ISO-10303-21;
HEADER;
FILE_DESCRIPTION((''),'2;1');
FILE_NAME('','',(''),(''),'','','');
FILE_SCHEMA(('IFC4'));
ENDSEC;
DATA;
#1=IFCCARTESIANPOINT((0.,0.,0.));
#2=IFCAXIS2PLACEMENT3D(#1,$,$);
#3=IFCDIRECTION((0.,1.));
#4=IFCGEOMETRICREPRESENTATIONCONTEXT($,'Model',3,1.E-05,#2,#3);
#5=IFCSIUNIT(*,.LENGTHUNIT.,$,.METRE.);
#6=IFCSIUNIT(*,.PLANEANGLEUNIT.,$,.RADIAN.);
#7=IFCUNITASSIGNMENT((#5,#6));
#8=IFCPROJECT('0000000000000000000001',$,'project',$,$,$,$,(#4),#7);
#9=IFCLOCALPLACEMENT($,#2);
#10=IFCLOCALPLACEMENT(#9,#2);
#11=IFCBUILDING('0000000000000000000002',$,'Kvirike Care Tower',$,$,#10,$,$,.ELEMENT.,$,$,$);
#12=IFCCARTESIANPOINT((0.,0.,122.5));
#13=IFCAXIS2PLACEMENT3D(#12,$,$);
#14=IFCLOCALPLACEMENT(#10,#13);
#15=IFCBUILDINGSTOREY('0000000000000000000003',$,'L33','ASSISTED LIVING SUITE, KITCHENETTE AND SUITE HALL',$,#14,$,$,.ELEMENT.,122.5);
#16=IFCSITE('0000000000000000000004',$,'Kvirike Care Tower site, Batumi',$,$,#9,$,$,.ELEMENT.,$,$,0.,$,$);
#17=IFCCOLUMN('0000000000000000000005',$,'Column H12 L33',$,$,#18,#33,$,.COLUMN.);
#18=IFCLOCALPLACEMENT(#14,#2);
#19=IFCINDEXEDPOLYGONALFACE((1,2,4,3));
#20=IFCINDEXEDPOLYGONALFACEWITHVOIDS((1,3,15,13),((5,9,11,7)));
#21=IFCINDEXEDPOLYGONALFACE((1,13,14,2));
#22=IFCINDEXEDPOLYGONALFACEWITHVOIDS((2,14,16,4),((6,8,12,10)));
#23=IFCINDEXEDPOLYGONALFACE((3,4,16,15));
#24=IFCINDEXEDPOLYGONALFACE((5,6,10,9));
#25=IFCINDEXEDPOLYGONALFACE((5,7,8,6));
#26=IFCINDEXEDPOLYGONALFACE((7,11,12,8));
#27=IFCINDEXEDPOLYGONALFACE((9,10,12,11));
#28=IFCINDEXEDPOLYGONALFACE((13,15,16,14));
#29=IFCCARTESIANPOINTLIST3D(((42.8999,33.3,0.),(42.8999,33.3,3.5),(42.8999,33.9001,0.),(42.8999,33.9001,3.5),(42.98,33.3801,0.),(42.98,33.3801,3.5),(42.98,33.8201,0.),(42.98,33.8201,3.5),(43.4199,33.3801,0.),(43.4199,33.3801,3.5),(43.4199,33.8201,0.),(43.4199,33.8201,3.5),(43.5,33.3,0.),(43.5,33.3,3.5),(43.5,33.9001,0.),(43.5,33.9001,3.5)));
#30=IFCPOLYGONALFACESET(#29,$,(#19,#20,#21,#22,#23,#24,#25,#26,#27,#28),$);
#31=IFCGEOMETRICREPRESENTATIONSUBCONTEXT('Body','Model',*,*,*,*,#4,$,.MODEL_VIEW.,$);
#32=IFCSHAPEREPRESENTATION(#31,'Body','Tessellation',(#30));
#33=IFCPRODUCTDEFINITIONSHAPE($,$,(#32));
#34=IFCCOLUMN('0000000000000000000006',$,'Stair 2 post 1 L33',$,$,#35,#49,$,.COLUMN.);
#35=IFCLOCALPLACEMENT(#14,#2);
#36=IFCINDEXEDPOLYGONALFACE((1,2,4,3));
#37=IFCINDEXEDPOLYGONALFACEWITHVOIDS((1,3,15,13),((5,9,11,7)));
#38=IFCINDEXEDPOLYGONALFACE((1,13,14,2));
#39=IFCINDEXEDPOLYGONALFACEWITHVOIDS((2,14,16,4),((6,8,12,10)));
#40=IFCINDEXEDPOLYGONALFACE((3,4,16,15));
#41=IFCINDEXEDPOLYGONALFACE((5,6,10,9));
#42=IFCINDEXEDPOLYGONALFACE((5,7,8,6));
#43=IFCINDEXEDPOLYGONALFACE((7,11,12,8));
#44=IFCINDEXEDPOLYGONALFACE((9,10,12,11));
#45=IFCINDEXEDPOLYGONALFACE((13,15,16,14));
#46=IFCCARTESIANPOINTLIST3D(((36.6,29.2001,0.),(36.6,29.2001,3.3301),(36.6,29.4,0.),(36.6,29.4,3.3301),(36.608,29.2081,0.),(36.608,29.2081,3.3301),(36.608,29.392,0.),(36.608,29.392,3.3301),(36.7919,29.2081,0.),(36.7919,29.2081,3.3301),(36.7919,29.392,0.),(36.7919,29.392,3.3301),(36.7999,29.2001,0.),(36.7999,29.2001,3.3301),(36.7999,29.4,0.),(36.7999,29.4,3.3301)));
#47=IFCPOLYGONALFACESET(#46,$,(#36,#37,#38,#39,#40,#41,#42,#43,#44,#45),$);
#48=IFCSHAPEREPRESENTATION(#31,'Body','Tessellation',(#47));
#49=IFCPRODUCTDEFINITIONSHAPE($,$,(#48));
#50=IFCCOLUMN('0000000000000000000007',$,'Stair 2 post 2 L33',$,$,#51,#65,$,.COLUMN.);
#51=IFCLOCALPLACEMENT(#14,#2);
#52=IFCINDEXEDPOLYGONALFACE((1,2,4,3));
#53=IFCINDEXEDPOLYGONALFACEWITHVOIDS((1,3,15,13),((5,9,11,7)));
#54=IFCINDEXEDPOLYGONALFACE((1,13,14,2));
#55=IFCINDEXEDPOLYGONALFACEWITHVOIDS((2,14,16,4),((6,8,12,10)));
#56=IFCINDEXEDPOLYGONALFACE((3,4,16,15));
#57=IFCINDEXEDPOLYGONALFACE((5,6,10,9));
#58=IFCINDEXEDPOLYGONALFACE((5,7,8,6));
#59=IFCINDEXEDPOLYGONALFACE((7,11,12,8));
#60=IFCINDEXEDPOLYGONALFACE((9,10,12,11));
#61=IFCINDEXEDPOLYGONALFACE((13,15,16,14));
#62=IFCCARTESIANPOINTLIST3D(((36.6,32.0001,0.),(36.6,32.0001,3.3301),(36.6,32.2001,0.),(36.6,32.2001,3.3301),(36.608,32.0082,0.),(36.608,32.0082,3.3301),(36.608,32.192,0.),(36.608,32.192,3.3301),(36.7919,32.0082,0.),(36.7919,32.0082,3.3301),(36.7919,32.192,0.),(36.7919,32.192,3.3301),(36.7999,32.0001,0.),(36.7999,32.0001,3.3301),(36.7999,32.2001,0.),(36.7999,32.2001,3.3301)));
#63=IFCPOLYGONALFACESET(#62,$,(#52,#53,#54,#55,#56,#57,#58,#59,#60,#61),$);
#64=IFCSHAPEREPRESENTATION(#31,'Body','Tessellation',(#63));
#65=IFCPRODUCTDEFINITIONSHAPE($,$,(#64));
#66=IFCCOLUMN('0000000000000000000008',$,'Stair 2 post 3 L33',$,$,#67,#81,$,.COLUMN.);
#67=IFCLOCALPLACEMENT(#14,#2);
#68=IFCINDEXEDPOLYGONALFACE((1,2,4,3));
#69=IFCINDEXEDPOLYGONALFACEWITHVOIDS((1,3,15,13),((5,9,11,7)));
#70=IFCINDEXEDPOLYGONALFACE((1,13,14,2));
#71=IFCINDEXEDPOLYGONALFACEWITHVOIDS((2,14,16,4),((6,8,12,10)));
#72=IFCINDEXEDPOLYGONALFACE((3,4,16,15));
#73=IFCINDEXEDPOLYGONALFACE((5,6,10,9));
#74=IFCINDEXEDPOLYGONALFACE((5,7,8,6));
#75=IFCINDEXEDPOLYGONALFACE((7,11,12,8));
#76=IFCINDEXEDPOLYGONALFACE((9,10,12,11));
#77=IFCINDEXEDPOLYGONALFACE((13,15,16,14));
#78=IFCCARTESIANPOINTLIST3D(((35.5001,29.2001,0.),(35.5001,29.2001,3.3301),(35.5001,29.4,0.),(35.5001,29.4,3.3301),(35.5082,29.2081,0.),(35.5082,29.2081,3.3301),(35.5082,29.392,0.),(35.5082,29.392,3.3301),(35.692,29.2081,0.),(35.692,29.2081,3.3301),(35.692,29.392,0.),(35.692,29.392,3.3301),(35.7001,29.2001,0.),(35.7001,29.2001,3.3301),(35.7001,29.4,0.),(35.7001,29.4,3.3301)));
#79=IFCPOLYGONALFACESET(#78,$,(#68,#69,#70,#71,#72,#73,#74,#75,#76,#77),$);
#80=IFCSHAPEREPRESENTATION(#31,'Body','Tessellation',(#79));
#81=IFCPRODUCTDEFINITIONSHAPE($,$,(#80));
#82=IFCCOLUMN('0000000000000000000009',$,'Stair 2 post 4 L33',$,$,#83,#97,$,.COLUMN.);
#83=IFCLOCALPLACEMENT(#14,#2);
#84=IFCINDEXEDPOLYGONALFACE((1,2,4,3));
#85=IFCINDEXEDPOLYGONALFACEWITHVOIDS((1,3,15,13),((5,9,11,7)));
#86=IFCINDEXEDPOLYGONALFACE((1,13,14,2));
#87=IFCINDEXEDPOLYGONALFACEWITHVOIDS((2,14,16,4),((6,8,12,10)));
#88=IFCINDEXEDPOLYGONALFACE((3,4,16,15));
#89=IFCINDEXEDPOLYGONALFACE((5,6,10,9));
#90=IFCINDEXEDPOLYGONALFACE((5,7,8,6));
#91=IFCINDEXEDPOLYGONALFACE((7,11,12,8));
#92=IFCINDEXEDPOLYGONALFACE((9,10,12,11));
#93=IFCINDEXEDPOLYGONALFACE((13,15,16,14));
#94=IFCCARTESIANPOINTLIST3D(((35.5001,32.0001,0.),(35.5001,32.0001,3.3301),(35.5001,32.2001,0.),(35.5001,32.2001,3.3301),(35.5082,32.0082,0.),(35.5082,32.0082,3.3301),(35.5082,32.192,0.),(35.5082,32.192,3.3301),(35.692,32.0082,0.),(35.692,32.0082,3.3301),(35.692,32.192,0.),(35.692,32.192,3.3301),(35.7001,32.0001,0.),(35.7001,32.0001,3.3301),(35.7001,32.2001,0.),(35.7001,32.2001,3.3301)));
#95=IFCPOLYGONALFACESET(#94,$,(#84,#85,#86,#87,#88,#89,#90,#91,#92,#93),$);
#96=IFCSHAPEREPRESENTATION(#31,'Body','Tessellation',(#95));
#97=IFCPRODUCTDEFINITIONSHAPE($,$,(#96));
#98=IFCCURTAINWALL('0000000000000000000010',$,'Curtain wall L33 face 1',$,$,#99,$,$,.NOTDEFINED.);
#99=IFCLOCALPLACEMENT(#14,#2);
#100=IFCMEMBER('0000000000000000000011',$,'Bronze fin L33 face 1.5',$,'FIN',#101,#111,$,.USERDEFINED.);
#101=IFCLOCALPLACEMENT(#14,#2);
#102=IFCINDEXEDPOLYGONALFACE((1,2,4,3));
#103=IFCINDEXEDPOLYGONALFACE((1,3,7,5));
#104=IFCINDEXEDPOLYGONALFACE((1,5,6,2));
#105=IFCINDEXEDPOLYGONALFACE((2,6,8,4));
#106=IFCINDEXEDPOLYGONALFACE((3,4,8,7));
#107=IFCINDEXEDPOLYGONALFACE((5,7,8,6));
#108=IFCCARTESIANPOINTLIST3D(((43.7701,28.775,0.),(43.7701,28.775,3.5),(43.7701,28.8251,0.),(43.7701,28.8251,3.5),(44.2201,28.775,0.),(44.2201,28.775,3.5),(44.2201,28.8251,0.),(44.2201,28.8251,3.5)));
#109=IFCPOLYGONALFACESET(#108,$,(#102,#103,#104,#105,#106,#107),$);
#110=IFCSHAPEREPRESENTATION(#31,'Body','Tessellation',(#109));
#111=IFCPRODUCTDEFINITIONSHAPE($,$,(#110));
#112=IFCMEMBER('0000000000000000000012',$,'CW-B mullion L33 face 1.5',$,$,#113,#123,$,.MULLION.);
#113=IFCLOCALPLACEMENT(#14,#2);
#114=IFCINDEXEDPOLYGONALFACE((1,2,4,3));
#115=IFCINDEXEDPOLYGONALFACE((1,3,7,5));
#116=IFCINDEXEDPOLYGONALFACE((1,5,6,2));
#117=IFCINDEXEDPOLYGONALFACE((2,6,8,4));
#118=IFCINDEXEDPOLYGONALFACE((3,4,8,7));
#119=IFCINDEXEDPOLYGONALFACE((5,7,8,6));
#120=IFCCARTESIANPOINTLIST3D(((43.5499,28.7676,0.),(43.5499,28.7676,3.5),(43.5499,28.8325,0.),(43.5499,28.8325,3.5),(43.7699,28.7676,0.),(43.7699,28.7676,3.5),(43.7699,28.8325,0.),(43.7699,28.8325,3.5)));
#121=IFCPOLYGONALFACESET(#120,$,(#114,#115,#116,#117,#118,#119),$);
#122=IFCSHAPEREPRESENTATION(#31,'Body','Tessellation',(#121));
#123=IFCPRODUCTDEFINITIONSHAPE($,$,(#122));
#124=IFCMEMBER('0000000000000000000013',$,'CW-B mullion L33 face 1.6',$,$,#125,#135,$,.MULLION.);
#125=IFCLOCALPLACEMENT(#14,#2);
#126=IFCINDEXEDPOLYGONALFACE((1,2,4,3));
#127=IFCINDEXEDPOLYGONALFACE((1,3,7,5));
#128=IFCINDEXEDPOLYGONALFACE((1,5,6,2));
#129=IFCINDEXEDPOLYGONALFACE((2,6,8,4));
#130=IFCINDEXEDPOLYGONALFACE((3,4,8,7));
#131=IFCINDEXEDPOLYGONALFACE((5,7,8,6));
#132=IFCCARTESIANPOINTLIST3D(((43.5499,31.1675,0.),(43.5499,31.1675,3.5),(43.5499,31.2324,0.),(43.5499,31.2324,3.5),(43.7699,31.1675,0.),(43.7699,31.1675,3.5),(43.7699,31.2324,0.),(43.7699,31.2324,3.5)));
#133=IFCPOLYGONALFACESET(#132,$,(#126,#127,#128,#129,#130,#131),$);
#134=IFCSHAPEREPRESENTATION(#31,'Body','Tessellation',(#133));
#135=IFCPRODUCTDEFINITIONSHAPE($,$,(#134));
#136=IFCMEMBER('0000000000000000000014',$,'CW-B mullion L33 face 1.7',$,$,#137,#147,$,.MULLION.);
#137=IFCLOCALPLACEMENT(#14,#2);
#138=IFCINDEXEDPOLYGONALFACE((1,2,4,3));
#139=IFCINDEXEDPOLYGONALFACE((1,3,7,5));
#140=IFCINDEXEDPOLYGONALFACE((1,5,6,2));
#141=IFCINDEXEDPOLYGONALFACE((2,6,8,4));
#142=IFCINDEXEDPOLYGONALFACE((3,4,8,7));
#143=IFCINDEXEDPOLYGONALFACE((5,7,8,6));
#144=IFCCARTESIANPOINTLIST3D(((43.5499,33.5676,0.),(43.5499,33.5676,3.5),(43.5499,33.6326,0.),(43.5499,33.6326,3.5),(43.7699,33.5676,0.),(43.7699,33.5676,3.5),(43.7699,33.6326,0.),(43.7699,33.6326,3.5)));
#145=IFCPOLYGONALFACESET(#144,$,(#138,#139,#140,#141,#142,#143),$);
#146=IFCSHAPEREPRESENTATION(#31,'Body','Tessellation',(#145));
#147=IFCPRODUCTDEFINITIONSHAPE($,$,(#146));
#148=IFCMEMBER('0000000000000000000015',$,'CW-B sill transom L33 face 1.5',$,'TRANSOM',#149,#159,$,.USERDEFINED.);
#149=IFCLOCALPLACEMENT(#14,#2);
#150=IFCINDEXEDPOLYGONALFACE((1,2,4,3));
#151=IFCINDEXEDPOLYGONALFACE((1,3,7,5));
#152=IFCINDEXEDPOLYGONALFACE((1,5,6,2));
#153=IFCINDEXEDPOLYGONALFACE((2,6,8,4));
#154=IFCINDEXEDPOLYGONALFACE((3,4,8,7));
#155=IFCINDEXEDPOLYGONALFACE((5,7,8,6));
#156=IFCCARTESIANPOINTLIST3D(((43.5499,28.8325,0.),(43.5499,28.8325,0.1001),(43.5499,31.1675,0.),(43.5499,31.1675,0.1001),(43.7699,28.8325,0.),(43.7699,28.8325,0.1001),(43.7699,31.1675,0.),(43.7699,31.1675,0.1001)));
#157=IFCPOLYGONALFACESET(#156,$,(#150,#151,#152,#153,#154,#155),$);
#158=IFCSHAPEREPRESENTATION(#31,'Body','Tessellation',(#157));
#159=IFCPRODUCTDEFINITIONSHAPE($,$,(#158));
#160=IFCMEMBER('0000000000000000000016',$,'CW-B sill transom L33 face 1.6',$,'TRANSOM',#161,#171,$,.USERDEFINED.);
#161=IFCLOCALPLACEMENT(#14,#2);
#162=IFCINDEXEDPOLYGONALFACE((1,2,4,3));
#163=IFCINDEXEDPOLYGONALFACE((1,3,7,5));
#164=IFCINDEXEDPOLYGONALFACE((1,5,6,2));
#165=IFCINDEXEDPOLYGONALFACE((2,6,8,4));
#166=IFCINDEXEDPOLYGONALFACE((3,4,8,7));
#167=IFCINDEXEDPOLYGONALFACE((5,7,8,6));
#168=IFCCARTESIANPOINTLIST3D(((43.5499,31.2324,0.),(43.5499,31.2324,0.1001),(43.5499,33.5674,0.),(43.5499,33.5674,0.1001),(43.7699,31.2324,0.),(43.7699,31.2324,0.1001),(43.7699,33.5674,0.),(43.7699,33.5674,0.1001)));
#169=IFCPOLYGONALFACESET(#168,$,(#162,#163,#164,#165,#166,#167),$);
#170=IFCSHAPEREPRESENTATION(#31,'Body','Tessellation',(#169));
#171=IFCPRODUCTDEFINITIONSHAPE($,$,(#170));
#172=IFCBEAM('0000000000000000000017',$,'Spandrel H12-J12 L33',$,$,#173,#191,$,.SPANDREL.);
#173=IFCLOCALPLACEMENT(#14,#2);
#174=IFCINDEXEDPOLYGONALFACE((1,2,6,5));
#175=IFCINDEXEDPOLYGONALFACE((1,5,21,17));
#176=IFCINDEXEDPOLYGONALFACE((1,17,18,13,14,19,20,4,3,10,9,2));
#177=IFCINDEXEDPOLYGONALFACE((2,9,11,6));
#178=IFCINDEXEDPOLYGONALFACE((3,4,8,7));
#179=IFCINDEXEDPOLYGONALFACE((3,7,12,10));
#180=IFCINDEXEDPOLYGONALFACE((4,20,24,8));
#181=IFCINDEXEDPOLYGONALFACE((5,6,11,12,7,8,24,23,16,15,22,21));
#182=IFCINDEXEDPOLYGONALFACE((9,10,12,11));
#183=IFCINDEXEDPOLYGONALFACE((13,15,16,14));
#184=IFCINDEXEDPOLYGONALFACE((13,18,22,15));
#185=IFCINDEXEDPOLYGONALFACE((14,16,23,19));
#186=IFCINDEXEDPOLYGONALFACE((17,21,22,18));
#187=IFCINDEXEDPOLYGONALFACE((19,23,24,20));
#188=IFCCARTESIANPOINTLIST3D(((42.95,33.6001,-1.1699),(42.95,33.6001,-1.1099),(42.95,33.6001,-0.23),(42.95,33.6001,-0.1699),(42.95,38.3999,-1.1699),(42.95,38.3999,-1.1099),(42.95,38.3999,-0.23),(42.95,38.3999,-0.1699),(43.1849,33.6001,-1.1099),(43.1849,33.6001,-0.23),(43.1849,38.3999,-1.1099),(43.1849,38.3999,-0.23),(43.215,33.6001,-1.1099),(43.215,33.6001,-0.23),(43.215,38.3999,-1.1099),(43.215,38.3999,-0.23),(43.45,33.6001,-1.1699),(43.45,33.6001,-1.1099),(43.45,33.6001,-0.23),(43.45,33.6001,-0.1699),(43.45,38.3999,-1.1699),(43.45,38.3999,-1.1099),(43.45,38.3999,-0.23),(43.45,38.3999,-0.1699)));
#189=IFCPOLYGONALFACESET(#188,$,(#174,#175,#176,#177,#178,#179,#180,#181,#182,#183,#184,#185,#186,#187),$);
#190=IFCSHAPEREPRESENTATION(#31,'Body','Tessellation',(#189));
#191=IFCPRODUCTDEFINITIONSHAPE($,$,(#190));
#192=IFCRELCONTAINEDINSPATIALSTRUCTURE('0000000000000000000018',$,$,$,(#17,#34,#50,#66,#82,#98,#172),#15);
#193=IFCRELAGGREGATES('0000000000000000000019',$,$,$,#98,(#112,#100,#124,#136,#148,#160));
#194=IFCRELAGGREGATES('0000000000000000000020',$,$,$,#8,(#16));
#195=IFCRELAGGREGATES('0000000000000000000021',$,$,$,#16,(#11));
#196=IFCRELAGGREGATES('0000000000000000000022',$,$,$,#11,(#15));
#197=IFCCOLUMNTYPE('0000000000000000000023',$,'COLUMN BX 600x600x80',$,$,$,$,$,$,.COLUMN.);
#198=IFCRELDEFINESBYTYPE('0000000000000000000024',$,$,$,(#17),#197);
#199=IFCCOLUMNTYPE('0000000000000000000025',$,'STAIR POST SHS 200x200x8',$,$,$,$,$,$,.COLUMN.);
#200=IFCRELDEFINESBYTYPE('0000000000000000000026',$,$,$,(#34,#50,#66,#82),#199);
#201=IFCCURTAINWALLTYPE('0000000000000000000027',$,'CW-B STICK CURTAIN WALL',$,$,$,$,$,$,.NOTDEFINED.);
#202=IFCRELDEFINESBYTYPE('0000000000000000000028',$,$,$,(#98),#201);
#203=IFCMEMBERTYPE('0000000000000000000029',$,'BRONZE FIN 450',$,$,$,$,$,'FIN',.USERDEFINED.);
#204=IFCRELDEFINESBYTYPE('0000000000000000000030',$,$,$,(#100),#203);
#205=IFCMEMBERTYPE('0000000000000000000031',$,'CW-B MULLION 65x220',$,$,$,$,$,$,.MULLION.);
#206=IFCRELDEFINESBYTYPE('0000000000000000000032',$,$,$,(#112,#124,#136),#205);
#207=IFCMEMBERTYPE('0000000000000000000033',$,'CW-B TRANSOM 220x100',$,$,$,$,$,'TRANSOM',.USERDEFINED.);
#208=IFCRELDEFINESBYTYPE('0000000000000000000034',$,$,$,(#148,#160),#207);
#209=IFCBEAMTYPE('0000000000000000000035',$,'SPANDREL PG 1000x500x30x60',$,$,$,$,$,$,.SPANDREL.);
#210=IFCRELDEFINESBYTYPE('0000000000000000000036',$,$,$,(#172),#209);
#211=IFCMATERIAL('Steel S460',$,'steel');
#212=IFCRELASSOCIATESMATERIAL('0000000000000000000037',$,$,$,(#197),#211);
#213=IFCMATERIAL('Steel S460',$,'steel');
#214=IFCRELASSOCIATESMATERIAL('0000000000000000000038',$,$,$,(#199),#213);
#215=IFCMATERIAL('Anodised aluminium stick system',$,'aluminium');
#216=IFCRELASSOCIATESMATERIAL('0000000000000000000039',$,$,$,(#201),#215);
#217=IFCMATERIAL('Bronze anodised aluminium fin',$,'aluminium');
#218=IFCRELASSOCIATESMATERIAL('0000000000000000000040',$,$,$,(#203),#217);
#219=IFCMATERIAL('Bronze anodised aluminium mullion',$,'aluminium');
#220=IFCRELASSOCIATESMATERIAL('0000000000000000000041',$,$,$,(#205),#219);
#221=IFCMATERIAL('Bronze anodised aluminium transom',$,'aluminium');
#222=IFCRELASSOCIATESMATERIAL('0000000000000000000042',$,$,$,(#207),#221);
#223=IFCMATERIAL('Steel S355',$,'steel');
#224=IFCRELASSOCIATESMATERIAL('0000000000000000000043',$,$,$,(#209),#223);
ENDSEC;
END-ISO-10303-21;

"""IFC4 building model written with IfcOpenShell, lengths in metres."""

from ifc_helpers import new_model, si_unit, direction, frame, origin, origin_2d, place, context, subcontext, project, spatial, rectangle, hollow_rectangle, i_section, extrude, material, material_profile, profile_set, type_object, element, aggregate, save


model = new_model("IFC4")

# Units and contexts
model_context = context("Model", 3, precision=1e-05, world=origin(), true_north=direction((0.0, 1.0)))
body_context = subcontext(model_context, "Body", "Model", "MODEL_VIEW")
ifc_project = project(units=[si_unit("LENGTHUNIT", "METRE"), si_unit("PLANEANGLEUNIT", "RADIAN")], contexts=[model_context])

# Site, building, storey
site_placement = place(None, origin())
site = spatial("IfcSite", under=ifc_project, at=site_placement, Name="Kvirike Care Tower site, Batumi", CompositionType="ELEMENT", RefElevation=0.0)
building_placement = place(site_placement, origin())
building = spatial("IfcBuilding", under=site, at=building_placement, Name="Kvirike Care Tower", CompositionType="ELEMENT")
storey_placement = place(building_placement, frame((0.0, 0.0, 122.5)))
storey = spatial("IfcBuildingStorey", under=building, at=storey_placement, Name="L33", Description="ASSISTED LIVING SUITE, KITCHENETTE AND SUITE HALL", CompositionType="ELEMENT", Elevation=122.5)

# Columns
ifc_material_1 = material(Name="Steel S460", Category="steel")
ifc_material_profile_1 = material_profile(ifc_material_1, hollow_rectangle(XDim=0.6001, YDim=0.6001, WallThickness=0.0801, at=origin_2d()), Name="BX 600x600x80")
ifc_profile_set_1 = profile_set([ifc_material_profile_1], Name="Steel S460")
column_type_1 = type_object("IfcColumnType", Name="COLUMN BX 600x600x80", PredefinedType="COLUMN", material=ifc_profile_set_1)
column_placement = place(storey_placement, frame((43.2, 33.6001, 0.0), z_axis=(0.0, 0.0, 1.0), x_axis=(1.0, 0.0, 0.0)))
element("IfcColumn", 1, at=column_placement, inside=storey, type_object=column_type_1, Name="Column H12 L33", PredefinedType="COLUMN", context=body_context, shape_type="SweptSolid", body=[
    extrude(hollow_rectangle(XDim=0.6001, YDim=0.6001, WallThickness=0.0801, at=origin_2d()), origin(), (0.0, 0.0, 1.0), 3.5),
])
ifc_material_2 = material(Name="Steel S460", Category="steel")
ifc_material_profile_2 = material_profile(ifc_material_2, hollow_rectangle(XDim=0.2, YDim=0.2, WallThickness=0.0081, at=origin_2d()), Name="SHS 200x200x8")
ifc_profile_set_2 = profile_set([ifc_material_profile_2], Name="Steel S460")
column_type_2 = type_object("IfcColumnType", Name="STAIR POST SHS 200x200x8", PredefinedType="COLUMN", material=ifc_profile_set_2)
for number, where, z_axis, x_axis, name in (
    (2, (36.7, 29.3, 0.0), (0.0, 0.0, 1.0), (1.0, 0.0, 0.0), "Stair 2 post 1 L33"),
    (3, (36.7, 32.1001, 0.0), (0.0, 0.0, 1.0), (1.0, 0.0, 0.0), "Stair 2 post 2 L33"),
    (4, (35.6001, 29.3, 0.0), (0.0, 0.0, 1.0), (1.0, 0.0, 0.0), "Stair 2 post 3 L33"),
    (5, (35.6001, 32.1001, 0.0), (0.0, 0.0, 1.0), (1.0, 0.0, 0.0), "Stair 2 post 4 L33"),
):
    element("IfcColumn", number, at=place(storey_placement, frame(where, z_axis=z_axis, x_axis=x_axis)), inside=storey, type_object=column_type_2, Name=name, PredefinedType="COLUMN", context=body_context, shape_type="SweptSolid", body=[
        extrude(hollow_rectangle(XDim=0.2, YDim=0.2, WallThickness=0.0081, at=origin_2d()), origin(), (0.0, 0.0, 1.0), 3.3301),
    ])

# Curtain wall, members
ifc_material_3 = material(Name="Anodised aluminium stick system", Category="aluminium")
curtain_wall_type = type_object("IfcCurtainWallType", Name="CW-B STICK CURTAIN WALL", PredefinedType="NOTDEFINED", material=ifc_material_3)
curtain_wall_placement = place(storey_placement, origin())
curtain_wall = element("IfcCurtainWall", 6, at=curtain_wall_placement, inside=storey, type_object=curtain_wall_type, Name="Curtain wall L33 face 1", PredefinedType="NOTDEFINED")
ifc_material_4 = material(Name="Bronze anodised aluminium fin", Category="aluminium")
ifc_material_profile_3 = material_profile(ifc_material_4, rectangle(XDim=0.05, YDim=0.45, at=origin_2d()), Name="BRONZE FIN 450")
ifc_profile_set_3 = profile_set([ifc_material_profile_3], Name="Bronze anodised aluminium fin")
member_type_1 = type_object("IfcMemberType", Name="BRONZE FIN 450", ElementType="FIN", PredefinedType="USERDEFINED", material=ifc_profile_set_3)
member_1_placement = place(storey_placement, frame((43.9951, 28.8, 0.0), z_axis=(0.0, 0.0, 1.0), x_axis=(0.0, 1.0, 0.0)))
member_1 = element("IfcMember", 7, at=member_1_placement, type_object=member_type_1, Name="Bronze fin L33 face 1.5", ObjectType="FIN", PredefinedType="USERDEFINED", context=body_context, shape_type="SweptSolid", body=[
    extrude(rectangle(XDim=0.05, YDim=0.45, at=origin_2d()), origin(), (0.0, 0.0, 1.0), 3.5),
])
ifc_material_5 = material(Name="Bronze anodised aluminium mullion", Category="aluminium")
ifc_material_profile_4 = material_profile(ifc_material_5, rectangle(XDim=0.0649, YDim=0.22, at=origin_2d()), Name="CW-B MULLION 65x220")
ifc_profile_set_4 = profile_set([ifc_material_profile_4], Name="Bronze anodised aluminium mullion")
member_type_2 = type_object("IfcMemberType", Name="CW-B MULLION 65x220", PredefinedType="MULLION", material=ifc_profile_set_4)
member_2_placement = place(storey_placement, frame((43.6599, 28.8, 0.0), z_axis=(0.0, 0.0, 1.0), x_axis=(0.0, 1.0, 0.0)))
member_2 = element("IfcMember", 8, at=member_2_placement, type_object=member_type_2, Name="CW-B mullion L33 face 1.5", PredefinedType="MULLION", context=body_context, shape_type="SweptSolid", body=[
    extrude(rectangle(XDim=0.0649, YDim=0.22, at=origin_2d()), origin(), (0.0, 0.0, 1.0), 3.5),
])
member_3_placement = place(storey_placement, frame((43.6599, 31.2, 0.0), z_axis=(0.0, 0.0, 1.0), x_axis=(0.0, 1.0, 0.0)))
member_3 = element("IfcMember", 9, at=member_3_placement, type_object=member_type_2, Name="CW-B mullion L33 face 1.6", PredefinedType="MULLION", context=body_context, shape_type="SweptSolid", body=[
    extrude(rectangle(XDim=0.0649, YDim=0.22, at=origin_2d()), origin(), (0.0, 0.0, 1.0), 3.5),
])
member_4_placement = place(storey_placement, frame((43.6599, 33.6001, 0.0), z_axis=(0.0, 0.0, 1.0), x_axis=(0.0, 1.0, 0.0)))
member_4 = element("IfcMember", 10, at=member_4_placement, type_object=member_type_2, Name="CW-B mullion L33 face 1.7", PredefinedType="MULLION", context=body_context, shape_type="SweptSolid", body=[
    extrude(rectangle(XDim=0.0649, YDim=0.22, at=origin_2d()), origin(), (0.0, 0.0, 1.0), 3.5),
])
ifc_material_6 = material(Name="Bronze anodised aluminium transom", Category="aluminium")
ifc_material_profile_5 = material_profile(ifc_material_6, rectangle(XDim=0.22, YDim=0.1001, at=origin_2d()), Name="CW-B TRANSOM 220x100")
ifc_profile_set_5 = profile_set([ifc_material_profile_5], Name="Bronze anodised aluminium transom")
member_type_3 = type_object("IfcMemberType", Name="CW-B TRANSOM 220x100", ElementType="TRANSOM", PredefinedType="USERDEFINED", material=ifc_profile_set_5)
member_5_placement = place(storey_placement, frame((43.6599, 28.8325, 0.05), z_axis=(0.0, 1.0, 0.0), x_axis=(-1.0, 0.0, 0.0)))
member_5 = element("IfcMember", 11, at=member_5_placement, type_object=member_type_3, Name="CW-B sill transom L33 face 1.5", ObjectType="TRANSOM", PredefinedType="USERDEFINED", context=body_context, shape_type="SweptSolid", body=[
    extrude(rectangle(XDim=0.22, YDim=0.1001, at=origin_2d()), origin(), (0.0, 0.0, 1.0), 2.335),
])
member_6_placement = place(storey_placement, frame((43.6599, 31.2324, 0.05), z_axis=(0.0, 1.0, 0.0), x_axis=(-1.0, 0.0, 0.0)))
member_6 = element("IfcMember", 12, at=member_6_placement, type_object=member_type_3, Name="CW-B sill transom L33 face 1.6", ObjectType="TRANSOM", PredefinedType="USERDEFINED", context=body_context, shape_type="SweptSolid", body=[
    extrude(rectangle(XDim=0.22, YDim=0.1001, at=origin_2d()), origin(), (0.0, 0.0, 1.0), 2.335),
])

# Beam
ifc_material_7 = material(Name="Steel S355", Category="steel")
ifc_material_profile_6 = material_profile(ifc_material_7, i_section(OverallWidth=0.5, OverallDepth=1.0, WebThickness=0.03, FlangeThickness=0.0601, at=origin_2d()), Name="PG 1000x500x30x60")
ifc_profile_set_6 = profile_set([ifc_material_profile_6], Name="Steel S355")
beam_type_1 = type_object("IfcBeamType", Name="SPANDREL PG 1000x500x30x60", PredefinedType="SPANDREL", material=ifc_profile_set_6)
beam_1_placement = place(storey_placement, frame((43.2, 33.6001, -0.6699), z_axis=(0.0, 1.0, 0.0), x_axis=(-1.0, 0.0, 0.0)))
element("IfcBeam", 13, at=beam_1_placement, inside=storey, type_object=beam_type_1, Name="Spandrel H12-J12 L33", PredefinedType="SPANDREL", context=body_context, shape_type="SweptSolid", body=[
    extrude(i_section(OverallWidth=0.5, OverallDepth=1.0, WebThickness=0.03, FlangeThickness=0.0601, at=origin_2d()), origin(), (0.0, 0.0, 1.0), 4.7998),
])

aggregate(curtain_wall, [member_2, member_1, member_3, member_4, member_5, member_6])

save(model, "model.ifc")
